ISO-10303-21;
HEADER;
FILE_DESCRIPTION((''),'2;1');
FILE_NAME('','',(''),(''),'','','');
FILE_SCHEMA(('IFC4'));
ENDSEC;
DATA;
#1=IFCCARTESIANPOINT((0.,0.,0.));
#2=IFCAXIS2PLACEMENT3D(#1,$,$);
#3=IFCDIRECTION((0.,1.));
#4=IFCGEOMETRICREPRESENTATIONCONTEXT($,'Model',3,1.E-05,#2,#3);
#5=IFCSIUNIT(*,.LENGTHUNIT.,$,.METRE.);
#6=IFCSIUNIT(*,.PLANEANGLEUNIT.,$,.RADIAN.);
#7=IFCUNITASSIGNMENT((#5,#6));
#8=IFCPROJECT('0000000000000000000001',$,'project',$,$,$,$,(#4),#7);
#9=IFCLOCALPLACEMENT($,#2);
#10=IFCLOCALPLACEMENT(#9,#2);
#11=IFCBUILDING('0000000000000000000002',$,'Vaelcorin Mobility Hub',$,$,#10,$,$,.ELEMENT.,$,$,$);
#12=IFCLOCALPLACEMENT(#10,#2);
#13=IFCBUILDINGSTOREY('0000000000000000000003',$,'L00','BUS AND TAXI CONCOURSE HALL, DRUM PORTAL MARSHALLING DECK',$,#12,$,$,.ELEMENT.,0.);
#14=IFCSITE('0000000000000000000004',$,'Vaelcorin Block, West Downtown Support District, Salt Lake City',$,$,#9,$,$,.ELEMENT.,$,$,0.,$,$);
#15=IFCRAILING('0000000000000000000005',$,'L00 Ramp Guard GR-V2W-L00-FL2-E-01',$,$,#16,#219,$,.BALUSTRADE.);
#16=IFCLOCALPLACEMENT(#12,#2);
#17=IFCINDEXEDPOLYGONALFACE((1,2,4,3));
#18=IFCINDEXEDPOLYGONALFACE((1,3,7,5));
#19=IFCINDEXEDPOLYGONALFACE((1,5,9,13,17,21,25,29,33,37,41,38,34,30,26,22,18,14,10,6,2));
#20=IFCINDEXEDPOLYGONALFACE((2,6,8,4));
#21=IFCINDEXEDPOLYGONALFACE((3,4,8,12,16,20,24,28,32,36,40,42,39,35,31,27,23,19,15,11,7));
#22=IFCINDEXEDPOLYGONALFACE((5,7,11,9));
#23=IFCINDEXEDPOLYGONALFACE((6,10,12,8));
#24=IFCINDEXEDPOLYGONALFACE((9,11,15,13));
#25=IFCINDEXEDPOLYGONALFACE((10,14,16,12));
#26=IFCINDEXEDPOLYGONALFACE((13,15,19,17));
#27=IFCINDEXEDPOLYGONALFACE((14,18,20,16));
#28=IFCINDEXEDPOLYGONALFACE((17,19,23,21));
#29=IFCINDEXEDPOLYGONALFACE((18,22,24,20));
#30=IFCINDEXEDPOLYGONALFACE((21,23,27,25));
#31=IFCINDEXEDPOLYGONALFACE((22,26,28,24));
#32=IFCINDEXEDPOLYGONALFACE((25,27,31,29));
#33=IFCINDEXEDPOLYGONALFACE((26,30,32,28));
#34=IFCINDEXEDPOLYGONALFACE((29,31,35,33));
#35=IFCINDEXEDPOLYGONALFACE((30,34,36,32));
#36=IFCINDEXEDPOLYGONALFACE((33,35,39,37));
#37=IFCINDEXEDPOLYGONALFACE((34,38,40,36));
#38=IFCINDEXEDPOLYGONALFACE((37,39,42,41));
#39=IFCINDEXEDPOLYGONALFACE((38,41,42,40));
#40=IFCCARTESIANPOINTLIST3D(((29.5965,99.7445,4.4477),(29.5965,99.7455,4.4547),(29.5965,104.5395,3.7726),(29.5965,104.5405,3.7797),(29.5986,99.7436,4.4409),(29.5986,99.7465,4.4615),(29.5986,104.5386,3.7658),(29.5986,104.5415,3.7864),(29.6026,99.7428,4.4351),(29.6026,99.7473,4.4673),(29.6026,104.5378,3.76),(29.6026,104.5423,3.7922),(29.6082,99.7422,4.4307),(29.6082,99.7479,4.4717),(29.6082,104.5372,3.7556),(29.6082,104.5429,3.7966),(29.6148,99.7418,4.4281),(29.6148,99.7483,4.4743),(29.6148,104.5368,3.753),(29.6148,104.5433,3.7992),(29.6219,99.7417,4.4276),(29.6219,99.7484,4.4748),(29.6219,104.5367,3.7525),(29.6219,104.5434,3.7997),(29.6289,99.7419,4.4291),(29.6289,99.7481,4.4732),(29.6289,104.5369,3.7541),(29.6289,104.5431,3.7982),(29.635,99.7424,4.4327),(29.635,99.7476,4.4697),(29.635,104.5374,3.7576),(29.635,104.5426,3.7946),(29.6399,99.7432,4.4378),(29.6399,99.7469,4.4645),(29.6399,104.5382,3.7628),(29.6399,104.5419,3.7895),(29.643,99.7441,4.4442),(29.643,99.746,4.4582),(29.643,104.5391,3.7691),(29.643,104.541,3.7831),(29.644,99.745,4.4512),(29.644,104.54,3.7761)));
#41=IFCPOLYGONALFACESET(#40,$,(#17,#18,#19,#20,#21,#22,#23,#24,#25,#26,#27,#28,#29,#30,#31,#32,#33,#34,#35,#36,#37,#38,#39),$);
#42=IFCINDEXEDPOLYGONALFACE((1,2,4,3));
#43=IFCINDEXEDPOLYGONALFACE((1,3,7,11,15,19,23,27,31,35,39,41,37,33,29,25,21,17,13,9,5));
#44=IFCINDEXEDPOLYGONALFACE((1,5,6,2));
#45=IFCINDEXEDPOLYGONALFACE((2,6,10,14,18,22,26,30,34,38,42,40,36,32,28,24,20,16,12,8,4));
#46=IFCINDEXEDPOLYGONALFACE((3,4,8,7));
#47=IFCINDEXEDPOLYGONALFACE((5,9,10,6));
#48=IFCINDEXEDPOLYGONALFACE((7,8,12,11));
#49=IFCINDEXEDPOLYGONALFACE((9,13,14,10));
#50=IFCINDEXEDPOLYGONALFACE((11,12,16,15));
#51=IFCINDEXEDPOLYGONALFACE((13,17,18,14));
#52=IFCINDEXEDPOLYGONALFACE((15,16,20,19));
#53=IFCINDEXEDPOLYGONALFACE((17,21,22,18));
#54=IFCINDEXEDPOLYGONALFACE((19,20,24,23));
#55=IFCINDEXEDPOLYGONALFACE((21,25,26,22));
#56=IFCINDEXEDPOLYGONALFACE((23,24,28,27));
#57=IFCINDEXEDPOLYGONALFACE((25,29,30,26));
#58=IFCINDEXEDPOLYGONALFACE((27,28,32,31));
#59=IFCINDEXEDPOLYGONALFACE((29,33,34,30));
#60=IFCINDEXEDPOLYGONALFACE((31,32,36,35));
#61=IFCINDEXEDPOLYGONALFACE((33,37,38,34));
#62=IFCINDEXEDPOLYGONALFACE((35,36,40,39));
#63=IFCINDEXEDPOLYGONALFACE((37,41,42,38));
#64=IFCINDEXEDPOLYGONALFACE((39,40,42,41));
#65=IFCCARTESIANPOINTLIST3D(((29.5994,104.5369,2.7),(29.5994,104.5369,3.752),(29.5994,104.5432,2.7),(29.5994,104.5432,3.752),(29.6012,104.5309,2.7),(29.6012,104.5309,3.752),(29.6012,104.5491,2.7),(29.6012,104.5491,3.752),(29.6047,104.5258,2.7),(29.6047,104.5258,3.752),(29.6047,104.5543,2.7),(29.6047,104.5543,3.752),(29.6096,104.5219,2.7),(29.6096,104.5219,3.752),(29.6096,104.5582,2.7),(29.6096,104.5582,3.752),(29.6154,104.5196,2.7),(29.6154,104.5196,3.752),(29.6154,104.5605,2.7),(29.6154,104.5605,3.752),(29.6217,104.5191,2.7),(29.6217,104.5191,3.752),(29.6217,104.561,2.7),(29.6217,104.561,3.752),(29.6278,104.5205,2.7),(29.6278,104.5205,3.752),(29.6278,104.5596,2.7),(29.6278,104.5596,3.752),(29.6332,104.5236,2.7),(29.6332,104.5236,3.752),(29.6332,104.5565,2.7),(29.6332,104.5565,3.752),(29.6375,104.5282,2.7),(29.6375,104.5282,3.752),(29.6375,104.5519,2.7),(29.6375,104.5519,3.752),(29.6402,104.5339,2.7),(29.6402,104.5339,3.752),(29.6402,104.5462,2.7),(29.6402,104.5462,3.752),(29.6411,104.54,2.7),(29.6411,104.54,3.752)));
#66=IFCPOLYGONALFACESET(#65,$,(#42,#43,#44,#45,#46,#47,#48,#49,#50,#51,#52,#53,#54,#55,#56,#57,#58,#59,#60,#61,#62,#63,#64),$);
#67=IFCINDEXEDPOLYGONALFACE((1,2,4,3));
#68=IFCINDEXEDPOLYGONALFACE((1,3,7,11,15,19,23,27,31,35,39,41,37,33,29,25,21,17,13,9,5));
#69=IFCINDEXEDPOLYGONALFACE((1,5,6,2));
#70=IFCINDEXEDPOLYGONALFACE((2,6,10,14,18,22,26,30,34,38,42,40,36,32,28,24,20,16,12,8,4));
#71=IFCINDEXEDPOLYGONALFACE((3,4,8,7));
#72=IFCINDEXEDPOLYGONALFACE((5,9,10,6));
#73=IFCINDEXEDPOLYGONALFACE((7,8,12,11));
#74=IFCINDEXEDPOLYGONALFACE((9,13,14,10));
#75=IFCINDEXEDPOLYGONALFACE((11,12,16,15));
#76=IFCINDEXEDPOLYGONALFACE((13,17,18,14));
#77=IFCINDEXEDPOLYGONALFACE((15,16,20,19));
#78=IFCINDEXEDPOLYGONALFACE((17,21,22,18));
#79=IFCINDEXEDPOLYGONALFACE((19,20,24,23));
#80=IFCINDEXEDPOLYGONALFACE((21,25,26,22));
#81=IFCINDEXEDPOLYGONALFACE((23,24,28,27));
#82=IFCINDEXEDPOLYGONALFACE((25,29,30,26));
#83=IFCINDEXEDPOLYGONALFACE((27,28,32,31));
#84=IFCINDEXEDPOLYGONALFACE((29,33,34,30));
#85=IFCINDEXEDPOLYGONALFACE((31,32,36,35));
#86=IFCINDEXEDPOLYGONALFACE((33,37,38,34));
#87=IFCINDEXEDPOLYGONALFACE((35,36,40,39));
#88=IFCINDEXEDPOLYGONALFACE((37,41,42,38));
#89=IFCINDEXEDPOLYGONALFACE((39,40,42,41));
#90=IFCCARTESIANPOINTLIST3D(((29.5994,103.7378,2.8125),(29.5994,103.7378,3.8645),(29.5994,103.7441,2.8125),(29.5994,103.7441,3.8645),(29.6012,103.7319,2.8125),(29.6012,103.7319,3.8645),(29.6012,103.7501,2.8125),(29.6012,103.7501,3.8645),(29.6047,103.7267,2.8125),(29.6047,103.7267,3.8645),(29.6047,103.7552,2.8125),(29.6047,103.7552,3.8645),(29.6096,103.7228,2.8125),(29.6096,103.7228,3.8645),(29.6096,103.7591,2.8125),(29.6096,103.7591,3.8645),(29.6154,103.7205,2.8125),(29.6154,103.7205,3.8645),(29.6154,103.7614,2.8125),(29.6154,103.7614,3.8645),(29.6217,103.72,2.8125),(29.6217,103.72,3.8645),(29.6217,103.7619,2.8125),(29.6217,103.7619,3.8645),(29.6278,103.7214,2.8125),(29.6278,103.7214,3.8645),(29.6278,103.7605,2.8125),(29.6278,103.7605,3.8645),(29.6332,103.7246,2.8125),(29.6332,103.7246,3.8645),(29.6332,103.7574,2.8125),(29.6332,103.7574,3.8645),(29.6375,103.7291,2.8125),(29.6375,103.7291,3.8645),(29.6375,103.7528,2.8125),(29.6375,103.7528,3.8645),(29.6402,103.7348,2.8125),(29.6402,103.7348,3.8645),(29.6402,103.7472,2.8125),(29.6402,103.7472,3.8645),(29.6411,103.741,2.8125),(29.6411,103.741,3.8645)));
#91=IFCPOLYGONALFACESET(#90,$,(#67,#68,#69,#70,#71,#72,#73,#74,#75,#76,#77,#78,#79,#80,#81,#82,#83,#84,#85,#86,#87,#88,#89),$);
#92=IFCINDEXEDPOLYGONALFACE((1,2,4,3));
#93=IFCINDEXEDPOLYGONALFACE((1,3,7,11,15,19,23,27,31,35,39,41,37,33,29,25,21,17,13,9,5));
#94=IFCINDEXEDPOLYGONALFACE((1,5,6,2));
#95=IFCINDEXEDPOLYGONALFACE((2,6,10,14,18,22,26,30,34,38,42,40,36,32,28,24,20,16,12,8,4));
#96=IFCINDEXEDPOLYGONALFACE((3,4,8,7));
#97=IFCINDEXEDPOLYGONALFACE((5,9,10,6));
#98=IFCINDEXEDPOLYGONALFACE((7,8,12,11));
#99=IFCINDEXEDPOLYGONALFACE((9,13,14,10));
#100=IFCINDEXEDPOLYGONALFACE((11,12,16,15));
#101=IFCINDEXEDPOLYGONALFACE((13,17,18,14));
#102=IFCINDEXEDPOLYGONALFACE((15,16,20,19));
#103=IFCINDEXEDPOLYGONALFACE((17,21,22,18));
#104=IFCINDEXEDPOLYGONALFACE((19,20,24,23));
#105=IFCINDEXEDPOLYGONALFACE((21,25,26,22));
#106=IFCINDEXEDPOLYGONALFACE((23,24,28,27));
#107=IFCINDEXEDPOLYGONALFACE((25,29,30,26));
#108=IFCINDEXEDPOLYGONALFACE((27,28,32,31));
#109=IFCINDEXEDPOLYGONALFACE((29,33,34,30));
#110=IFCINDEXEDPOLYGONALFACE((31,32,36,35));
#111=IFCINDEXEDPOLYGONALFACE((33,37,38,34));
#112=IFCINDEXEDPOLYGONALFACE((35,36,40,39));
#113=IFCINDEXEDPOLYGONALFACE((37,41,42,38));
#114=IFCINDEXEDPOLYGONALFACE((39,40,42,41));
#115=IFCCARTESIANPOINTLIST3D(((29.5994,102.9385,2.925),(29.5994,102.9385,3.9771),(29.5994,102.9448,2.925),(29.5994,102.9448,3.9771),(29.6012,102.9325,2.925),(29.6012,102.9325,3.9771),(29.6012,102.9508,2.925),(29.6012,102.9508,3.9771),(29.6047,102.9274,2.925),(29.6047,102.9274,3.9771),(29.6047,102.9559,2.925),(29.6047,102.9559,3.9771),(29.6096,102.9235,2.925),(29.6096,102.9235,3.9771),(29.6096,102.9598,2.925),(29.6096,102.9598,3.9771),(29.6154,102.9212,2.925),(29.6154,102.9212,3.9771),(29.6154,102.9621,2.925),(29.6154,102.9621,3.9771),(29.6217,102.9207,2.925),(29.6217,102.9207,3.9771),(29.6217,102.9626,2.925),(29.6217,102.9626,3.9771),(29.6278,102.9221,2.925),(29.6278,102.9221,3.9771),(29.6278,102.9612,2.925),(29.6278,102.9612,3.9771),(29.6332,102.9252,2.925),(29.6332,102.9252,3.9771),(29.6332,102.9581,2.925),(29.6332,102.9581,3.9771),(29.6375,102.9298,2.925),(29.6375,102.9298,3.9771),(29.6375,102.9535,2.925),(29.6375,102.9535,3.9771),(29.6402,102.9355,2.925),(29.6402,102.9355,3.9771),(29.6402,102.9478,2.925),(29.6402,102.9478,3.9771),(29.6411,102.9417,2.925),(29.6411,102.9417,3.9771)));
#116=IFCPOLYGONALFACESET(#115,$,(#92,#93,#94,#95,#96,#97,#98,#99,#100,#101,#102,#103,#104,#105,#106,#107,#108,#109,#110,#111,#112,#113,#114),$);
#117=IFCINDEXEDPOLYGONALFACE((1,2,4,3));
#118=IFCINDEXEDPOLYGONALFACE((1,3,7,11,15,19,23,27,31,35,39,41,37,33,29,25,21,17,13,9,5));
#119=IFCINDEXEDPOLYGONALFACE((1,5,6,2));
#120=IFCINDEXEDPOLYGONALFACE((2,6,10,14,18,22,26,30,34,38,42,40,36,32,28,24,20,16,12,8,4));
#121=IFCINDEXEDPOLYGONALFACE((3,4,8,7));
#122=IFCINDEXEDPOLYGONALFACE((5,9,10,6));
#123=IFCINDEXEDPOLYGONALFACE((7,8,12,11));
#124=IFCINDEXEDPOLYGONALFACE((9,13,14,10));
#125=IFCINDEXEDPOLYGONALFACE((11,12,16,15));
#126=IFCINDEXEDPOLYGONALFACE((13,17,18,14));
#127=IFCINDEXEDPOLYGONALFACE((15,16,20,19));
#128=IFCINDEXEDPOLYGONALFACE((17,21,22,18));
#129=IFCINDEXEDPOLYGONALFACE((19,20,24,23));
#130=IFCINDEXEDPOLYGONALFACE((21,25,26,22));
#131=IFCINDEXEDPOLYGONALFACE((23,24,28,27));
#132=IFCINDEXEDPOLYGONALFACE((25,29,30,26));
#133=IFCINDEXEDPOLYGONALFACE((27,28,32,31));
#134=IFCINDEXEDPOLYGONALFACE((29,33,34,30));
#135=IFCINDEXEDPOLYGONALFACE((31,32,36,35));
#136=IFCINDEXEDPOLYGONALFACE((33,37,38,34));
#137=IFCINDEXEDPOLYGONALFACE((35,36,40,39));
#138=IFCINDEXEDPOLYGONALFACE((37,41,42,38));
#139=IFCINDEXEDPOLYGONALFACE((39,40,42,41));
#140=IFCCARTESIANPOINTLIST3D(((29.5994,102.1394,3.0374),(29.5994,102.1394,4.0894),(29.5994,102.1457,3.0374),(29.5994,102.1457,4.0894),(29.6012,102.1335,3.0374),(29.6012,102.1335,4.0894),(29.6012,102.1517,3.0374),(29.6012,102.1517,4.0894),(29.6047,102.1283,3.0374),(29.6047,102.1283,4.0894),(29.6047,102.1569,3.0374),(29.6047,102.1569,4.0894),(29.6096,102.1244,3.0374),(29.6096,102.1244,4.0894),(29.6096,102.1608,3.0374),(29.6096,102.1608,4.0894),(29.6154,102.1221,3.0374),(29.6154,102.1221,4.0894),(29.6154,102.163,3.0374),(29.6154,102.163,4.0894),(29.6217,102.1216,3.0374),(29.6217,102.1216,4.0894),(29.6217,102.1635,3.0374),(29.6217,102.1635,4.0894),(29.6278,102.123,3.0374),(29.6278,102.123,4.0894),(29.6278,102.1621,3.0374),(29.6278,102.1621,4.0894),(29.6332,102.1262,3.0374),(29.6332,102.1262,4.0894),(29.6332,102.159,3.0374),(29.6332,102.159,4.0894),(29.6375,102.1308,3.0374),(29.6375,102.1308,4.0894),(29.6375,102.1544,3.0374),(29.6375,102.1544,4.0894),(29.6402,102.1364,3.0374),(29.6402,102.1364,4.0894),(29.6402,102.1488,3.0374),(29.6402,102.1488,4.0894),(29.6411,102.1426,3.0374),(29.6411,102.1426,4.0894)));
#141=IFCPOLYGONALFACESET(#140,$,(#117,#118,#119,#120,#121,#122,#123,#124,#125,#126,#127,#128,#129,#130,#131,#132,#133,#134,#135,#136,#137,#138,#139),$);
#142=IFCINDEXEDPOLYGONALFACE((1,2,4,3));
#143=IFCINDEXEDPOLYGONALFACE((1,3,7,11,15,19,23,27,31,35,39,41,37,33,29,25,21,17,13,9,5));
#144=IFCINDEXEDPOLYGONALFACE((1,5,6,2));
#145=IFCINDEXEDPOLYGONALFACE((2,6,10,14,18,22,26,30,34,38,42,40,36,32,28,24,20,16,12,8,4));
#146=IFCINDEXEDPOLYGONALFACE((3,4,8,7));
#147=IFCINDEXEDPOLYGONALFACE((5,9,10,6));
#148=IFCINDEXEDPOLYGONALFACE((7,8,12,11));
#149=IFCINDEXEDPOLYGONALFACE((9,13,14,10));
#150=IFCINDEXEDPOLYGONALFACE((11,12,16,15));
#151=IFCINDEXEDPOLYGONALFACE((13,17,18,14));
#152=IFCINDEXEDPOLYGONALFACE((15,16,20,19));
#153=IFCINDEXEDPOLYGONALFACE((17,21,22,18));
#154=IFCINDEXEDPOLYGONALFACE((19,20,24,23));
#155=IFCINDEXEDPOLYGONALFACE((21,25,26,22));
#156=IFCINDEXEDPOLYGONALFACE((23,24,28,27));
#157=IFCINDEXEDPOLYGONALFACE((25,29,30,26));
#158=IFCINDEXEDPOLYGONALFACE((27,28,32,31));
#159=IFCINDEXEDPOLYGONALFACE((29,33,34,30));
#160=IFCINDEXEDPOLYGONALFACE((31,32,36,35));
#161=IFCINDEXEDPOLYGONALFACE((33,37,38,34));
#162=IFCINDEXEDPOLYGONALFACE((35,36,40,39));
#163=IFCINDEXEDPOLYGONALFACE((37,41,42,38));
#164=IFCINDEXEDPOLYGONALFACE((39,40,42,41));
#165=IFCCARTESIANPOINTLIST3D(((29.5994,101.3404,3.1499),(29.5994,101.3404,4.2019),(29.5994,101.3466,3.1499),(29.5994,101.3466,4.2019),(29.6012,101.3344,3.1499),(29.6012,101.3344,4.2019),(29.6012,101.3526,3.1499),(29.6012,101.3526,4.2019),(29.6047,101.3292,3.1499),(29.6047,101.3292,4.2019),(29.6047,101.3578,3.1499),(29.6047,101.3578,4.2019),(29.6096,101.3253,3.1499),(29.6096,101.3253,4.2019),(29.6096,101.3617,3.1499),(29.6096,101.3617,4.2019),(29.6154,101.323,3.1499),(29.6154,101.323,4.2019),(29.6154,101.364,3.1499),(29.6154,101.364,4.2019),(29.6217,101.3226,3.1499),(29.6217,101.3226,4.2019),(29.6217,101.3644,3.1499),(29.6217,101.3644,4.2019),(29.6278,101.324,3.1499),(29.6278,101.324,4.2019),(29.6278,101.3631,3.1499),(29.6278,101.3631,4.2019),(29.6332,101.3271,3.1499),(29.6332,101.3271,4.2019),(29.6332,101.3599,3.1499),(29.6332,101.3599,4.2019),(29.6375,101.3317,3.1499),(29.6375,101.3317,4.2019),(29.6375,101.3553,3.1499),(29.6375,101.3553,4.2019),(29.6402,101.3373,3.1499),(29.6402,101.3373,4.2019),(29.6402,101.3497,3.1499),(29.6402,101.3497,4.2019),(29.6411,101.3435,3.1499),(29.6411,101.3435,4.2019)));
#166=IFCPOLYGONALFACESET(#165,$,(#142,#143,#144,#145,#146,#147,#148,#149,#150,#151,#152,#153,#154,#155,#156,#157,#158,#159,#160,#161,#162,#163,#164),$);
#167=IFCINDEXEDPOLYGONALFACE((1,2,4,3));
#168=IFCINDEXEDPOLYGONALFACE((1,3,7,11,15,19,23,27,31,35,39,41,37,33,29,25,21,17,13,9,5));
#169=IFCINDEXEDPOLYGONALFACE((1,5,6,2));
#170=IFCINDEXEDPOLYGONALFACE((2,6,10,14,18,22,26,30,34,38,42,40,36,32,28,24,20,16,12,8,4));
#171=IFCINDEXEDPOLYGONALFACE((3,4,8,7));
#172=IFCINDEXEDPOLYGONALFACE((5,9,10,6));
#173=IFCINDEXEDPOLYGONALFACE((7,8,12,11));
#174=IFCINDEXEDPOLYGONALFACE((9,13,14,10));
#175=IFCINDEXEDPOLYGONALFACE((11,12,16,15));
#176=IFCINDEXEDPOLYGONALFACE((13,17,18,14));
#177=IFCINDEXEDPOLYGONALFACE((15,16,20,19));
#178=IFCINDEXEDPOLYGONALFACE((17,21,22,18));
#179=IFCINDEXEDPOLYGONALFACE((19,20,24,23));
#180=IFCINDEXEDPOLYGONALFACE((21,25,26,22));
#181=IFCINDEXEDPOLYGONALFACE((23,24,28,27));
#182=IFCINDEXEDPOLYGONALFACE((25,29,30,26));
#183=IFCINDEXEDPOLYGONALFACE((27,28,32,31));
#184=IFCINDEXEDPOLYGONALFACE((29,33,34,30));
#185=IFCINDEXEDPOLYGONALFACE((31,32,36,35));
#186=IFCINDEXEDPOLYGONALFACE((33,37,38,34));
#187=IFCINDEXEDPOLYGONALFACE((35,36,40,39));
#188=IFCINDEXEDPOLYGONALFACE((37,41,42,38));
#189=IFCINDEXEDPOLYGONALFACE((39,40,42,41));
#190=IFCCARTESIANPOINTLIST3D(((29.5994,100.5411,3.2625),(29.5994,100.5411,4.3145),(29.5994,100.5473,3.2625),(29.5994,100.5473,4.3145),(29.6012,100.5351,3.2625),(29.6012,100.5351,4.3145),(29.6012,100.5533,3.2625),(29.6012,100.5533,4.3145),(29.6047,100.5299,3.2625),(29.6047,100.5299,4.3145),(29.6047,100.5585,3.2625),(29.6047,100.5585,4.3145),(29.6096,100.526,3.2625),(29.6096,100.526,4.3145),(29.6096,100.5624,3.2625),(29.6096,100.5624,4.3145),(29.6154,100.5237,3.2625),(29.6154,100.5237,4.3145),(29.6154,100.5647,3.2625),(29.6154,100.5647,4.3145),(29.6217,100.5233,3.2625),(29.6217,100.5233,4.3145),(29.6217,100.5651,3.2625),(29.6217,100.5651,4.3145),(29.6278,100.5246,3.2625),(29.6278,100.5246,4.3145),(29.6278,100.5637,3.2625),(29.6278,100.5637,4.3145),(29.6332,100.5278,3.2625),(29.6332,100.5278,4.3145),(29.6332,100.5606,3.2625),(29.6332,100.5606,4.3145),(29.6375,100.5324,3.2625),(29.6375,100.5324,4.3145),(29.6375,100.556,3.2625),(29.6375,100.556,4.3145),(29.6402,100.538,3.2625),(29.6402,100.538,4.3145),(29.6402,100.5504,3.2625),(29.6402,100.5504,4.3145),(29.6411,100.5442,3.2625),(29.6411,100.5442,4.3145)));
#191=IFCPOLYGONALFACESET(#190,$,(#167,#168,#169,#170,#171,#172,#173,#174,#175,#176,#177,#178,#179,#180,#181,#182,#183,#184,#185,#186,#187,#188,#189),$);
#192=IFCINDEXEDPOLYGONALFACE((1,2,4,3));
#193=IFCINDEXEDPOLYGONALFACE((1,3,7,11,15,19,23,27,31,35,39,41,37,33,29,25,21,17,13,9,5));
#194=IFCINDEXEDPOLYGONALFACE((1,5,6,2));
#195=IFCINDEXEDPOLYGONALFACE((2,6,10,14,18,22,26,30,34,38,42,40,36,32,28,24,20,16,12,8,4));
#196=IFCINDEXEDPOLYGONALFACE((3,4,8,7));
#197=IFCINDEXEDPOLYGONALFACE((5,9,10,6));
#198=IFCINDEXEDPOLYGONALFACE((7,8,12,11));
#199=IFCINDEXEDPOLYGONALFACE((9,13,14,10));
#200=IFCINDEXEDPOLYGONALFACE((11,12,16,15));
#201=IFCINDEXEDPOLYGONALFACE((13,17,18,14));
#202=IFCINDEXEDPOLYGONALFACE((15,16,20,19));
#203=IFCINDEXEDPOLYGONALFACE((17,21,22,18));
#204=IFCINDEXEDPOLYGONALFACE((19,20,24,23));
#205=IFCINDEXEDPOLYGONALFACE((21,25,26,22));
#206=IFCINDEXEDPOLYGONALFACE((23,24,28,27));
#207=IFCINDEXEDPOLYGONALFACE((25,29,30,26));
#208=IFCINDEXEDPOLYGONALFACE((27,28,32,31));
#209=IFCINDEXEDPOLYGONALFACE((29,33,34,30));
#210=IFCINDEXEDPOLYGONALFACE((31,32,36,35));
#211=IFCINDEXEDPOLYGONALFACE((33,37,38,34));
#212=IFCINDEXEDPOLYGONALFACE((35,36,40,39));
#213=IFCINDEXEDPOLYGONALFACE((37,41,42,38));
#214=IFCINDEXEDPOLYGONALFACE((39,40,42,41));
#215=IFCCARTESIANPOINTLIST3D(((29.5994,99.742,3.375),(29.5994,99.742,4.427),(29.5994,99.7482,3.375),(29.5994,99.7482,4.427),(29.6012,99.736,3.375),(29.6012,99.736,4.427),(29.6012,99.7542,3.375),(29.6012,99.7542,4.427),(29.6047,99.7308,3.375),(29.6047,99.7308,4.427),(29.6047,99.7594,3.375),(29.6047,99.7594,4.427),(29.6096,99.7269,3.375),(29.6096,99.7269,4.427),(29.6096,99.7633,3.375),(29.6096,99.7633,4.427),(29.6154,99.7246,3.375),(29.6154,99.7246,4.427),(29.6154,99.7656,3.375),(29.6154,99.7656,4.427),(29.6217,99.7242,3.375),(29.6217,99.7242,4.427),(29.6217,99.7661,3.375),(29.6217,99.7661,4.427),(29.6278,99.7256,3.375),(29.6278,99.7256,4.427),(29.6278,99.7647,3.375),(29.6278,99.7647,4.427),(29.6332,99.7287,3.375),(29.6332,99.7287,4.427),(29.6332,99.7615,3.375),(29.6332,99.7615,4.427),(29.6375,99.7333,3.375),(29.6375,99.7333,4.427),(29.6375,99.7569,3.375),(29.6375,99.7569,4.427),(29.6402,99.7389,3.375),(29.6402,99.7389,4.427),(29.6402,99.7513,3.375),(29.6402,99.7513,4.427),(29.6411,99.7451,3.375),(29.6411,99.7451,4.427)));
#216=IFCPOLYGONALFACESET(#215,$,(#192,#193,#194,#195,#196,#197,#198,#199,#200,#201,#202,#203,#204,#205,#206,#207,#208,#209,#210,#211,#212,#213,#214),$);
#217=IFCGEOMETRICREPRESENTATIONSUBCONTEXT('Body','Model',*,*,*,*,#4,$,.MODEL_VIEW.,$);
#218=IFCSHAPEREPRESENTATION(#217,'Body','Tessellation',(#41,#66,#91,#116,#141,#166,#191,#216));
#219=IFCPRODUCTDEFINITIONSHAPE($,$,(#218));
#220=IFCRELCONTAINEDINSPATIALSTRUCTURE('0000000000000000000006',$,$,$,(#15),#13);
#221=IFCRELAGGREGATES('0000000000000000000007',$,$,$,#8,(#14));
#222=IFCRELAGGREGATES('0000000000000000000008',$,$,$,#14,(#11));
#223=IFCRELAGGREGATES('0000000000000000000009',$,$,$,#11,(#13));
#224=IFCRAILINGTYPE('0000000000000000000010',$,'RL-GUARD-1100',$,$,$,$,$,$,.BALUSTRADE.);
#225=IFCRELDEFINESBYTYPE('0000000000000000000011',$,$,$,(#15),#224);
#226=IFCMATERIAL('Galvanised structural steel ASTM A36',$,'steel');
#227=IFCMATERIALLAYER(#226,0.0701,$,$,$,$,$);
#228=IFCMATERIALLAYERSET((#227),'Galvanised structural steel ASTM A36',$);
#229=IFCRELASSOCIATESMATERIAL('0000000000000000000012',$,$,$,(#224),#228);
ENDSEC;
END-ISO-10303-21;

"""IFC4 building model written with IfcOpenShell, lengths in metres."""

from ifc_helpers import new_model, si_unit, direction, frame, origin, origin_2d, place, context, subcontext, project, spatial, circle, extrude, material, layer, layer_set, type_object, element, save


model = new_model("IFC4")

# Units and contexts
model_context = context("Model", 3, precision=1e-05, world=origin(), true_north=direction((0.0, 1.0)))
body_context = subcontext(model_context, "Body", "Model", "MODEL_VIEW")
ifc_project = project(units=[si_unit("LENGTHUNIT", "METRE"), si_unit("PLANEANGLEUNIT", "RADIAN")], contexts=[model_context])

# Site, building, storey
site_placement = place(None, origin())
site = spatial("IfcSite", under=ifc_project, at=site_placement, Name="Vaelcorin Block, West Downtown Support District, Salt Lake City", CompositionType="ELEMENT", RefElevation=0.0)
building_placement = place(site_placement, origin())
building = spatial("IfcBuilding", under=site, at=building_placement, Name="Vaelcorin Mobility Hub", CompositionType="ELEMENT")
storey_placement = place(building_placement, origin())
storey = spatial("IfcBuildingStorey", under=building, at=storey_placement, Name="L00", Description="BUS AND TAXI CONCOURSE HALL, DRUM PORTAL MARSHALLING DECK", CompositionType="ELEMENT", Elevation=0.0)

# Railing
ifc_material_1 = material(Name="Galvanised structural steel ASTM A36", Category="steel")
ifc_layer_1 = layer(ifc_material_1, 0.0701)
ifc_layer_set_1 = layer_set([ifc_layer_1], Name="Galvanised structural steel ASTM A36")
railing_type = type_object("IfcRailingType", Name="RL-GUARD-1100", PredefinedType="BALUSTRADE", material=ifc_layer_set_1)
railing_1_placement = place(storey_placement, frame((29.6201, 104.54, 2.7)))
element("IfcRailing", 1, at=railing_1_placement, inside=storey, type_object=railing_type, Name="L00 Ramp Guard GR-V2W-L00-FL2-E-01", PredefinedType="BALUSTRADE", context=body_context, shape_type="SweptSolid", body=[
    extrude(circle(Radius=0.0239, at=origin_2d()), frame((0.0, 0.0, 1.0762), z_axis=(0.0, -0.990235, 0.139409), x_axis=(1.0, 0.0, 0.0)), (0.0, 0.0, 1.0), 4.8423),
    extrude(circle(Radius=0.021, at=origin_2d()), origin(), (0.0, 0.0, 1.0), 1.052),
    extrude(circle(Radius=0.021, at=origin_2d()), frame((0.0, -0.7991, 0.1125)), (0.0, 0.0, 1.0), 1.052),
    extrude(circle(Radius=0.021, at=origin_2d()), frame((0.0, -1.5984, 0.2251)), (0.0, 0.0, 1.0), 1.052),
    extrude(circle(Radius=0.021, at=origin_2d()), frame((0.0, -2.3975, 0.3374)), (0.0, 0.0, 1.0), 1.052),
    extrude(circle(Radius=0.021, at=origin_2d()), frame((0.0, -3.1965, 0.45)), (0.0, 0.0, 1.0), 1.052),
    extrude(circle(Radius=0.021, at=origin_2d()), frame((0.0, -3.9958, 0.5625)), (0.0, 0.0, 1.0), 1.052),
    extrude(circle(Radius=0.021, at=origin_2d()), frame((0.0, -4.7949, 0.675)), (0.0, 0.0, 1.0), 1.052),
])

save(model, "model.ifc")
